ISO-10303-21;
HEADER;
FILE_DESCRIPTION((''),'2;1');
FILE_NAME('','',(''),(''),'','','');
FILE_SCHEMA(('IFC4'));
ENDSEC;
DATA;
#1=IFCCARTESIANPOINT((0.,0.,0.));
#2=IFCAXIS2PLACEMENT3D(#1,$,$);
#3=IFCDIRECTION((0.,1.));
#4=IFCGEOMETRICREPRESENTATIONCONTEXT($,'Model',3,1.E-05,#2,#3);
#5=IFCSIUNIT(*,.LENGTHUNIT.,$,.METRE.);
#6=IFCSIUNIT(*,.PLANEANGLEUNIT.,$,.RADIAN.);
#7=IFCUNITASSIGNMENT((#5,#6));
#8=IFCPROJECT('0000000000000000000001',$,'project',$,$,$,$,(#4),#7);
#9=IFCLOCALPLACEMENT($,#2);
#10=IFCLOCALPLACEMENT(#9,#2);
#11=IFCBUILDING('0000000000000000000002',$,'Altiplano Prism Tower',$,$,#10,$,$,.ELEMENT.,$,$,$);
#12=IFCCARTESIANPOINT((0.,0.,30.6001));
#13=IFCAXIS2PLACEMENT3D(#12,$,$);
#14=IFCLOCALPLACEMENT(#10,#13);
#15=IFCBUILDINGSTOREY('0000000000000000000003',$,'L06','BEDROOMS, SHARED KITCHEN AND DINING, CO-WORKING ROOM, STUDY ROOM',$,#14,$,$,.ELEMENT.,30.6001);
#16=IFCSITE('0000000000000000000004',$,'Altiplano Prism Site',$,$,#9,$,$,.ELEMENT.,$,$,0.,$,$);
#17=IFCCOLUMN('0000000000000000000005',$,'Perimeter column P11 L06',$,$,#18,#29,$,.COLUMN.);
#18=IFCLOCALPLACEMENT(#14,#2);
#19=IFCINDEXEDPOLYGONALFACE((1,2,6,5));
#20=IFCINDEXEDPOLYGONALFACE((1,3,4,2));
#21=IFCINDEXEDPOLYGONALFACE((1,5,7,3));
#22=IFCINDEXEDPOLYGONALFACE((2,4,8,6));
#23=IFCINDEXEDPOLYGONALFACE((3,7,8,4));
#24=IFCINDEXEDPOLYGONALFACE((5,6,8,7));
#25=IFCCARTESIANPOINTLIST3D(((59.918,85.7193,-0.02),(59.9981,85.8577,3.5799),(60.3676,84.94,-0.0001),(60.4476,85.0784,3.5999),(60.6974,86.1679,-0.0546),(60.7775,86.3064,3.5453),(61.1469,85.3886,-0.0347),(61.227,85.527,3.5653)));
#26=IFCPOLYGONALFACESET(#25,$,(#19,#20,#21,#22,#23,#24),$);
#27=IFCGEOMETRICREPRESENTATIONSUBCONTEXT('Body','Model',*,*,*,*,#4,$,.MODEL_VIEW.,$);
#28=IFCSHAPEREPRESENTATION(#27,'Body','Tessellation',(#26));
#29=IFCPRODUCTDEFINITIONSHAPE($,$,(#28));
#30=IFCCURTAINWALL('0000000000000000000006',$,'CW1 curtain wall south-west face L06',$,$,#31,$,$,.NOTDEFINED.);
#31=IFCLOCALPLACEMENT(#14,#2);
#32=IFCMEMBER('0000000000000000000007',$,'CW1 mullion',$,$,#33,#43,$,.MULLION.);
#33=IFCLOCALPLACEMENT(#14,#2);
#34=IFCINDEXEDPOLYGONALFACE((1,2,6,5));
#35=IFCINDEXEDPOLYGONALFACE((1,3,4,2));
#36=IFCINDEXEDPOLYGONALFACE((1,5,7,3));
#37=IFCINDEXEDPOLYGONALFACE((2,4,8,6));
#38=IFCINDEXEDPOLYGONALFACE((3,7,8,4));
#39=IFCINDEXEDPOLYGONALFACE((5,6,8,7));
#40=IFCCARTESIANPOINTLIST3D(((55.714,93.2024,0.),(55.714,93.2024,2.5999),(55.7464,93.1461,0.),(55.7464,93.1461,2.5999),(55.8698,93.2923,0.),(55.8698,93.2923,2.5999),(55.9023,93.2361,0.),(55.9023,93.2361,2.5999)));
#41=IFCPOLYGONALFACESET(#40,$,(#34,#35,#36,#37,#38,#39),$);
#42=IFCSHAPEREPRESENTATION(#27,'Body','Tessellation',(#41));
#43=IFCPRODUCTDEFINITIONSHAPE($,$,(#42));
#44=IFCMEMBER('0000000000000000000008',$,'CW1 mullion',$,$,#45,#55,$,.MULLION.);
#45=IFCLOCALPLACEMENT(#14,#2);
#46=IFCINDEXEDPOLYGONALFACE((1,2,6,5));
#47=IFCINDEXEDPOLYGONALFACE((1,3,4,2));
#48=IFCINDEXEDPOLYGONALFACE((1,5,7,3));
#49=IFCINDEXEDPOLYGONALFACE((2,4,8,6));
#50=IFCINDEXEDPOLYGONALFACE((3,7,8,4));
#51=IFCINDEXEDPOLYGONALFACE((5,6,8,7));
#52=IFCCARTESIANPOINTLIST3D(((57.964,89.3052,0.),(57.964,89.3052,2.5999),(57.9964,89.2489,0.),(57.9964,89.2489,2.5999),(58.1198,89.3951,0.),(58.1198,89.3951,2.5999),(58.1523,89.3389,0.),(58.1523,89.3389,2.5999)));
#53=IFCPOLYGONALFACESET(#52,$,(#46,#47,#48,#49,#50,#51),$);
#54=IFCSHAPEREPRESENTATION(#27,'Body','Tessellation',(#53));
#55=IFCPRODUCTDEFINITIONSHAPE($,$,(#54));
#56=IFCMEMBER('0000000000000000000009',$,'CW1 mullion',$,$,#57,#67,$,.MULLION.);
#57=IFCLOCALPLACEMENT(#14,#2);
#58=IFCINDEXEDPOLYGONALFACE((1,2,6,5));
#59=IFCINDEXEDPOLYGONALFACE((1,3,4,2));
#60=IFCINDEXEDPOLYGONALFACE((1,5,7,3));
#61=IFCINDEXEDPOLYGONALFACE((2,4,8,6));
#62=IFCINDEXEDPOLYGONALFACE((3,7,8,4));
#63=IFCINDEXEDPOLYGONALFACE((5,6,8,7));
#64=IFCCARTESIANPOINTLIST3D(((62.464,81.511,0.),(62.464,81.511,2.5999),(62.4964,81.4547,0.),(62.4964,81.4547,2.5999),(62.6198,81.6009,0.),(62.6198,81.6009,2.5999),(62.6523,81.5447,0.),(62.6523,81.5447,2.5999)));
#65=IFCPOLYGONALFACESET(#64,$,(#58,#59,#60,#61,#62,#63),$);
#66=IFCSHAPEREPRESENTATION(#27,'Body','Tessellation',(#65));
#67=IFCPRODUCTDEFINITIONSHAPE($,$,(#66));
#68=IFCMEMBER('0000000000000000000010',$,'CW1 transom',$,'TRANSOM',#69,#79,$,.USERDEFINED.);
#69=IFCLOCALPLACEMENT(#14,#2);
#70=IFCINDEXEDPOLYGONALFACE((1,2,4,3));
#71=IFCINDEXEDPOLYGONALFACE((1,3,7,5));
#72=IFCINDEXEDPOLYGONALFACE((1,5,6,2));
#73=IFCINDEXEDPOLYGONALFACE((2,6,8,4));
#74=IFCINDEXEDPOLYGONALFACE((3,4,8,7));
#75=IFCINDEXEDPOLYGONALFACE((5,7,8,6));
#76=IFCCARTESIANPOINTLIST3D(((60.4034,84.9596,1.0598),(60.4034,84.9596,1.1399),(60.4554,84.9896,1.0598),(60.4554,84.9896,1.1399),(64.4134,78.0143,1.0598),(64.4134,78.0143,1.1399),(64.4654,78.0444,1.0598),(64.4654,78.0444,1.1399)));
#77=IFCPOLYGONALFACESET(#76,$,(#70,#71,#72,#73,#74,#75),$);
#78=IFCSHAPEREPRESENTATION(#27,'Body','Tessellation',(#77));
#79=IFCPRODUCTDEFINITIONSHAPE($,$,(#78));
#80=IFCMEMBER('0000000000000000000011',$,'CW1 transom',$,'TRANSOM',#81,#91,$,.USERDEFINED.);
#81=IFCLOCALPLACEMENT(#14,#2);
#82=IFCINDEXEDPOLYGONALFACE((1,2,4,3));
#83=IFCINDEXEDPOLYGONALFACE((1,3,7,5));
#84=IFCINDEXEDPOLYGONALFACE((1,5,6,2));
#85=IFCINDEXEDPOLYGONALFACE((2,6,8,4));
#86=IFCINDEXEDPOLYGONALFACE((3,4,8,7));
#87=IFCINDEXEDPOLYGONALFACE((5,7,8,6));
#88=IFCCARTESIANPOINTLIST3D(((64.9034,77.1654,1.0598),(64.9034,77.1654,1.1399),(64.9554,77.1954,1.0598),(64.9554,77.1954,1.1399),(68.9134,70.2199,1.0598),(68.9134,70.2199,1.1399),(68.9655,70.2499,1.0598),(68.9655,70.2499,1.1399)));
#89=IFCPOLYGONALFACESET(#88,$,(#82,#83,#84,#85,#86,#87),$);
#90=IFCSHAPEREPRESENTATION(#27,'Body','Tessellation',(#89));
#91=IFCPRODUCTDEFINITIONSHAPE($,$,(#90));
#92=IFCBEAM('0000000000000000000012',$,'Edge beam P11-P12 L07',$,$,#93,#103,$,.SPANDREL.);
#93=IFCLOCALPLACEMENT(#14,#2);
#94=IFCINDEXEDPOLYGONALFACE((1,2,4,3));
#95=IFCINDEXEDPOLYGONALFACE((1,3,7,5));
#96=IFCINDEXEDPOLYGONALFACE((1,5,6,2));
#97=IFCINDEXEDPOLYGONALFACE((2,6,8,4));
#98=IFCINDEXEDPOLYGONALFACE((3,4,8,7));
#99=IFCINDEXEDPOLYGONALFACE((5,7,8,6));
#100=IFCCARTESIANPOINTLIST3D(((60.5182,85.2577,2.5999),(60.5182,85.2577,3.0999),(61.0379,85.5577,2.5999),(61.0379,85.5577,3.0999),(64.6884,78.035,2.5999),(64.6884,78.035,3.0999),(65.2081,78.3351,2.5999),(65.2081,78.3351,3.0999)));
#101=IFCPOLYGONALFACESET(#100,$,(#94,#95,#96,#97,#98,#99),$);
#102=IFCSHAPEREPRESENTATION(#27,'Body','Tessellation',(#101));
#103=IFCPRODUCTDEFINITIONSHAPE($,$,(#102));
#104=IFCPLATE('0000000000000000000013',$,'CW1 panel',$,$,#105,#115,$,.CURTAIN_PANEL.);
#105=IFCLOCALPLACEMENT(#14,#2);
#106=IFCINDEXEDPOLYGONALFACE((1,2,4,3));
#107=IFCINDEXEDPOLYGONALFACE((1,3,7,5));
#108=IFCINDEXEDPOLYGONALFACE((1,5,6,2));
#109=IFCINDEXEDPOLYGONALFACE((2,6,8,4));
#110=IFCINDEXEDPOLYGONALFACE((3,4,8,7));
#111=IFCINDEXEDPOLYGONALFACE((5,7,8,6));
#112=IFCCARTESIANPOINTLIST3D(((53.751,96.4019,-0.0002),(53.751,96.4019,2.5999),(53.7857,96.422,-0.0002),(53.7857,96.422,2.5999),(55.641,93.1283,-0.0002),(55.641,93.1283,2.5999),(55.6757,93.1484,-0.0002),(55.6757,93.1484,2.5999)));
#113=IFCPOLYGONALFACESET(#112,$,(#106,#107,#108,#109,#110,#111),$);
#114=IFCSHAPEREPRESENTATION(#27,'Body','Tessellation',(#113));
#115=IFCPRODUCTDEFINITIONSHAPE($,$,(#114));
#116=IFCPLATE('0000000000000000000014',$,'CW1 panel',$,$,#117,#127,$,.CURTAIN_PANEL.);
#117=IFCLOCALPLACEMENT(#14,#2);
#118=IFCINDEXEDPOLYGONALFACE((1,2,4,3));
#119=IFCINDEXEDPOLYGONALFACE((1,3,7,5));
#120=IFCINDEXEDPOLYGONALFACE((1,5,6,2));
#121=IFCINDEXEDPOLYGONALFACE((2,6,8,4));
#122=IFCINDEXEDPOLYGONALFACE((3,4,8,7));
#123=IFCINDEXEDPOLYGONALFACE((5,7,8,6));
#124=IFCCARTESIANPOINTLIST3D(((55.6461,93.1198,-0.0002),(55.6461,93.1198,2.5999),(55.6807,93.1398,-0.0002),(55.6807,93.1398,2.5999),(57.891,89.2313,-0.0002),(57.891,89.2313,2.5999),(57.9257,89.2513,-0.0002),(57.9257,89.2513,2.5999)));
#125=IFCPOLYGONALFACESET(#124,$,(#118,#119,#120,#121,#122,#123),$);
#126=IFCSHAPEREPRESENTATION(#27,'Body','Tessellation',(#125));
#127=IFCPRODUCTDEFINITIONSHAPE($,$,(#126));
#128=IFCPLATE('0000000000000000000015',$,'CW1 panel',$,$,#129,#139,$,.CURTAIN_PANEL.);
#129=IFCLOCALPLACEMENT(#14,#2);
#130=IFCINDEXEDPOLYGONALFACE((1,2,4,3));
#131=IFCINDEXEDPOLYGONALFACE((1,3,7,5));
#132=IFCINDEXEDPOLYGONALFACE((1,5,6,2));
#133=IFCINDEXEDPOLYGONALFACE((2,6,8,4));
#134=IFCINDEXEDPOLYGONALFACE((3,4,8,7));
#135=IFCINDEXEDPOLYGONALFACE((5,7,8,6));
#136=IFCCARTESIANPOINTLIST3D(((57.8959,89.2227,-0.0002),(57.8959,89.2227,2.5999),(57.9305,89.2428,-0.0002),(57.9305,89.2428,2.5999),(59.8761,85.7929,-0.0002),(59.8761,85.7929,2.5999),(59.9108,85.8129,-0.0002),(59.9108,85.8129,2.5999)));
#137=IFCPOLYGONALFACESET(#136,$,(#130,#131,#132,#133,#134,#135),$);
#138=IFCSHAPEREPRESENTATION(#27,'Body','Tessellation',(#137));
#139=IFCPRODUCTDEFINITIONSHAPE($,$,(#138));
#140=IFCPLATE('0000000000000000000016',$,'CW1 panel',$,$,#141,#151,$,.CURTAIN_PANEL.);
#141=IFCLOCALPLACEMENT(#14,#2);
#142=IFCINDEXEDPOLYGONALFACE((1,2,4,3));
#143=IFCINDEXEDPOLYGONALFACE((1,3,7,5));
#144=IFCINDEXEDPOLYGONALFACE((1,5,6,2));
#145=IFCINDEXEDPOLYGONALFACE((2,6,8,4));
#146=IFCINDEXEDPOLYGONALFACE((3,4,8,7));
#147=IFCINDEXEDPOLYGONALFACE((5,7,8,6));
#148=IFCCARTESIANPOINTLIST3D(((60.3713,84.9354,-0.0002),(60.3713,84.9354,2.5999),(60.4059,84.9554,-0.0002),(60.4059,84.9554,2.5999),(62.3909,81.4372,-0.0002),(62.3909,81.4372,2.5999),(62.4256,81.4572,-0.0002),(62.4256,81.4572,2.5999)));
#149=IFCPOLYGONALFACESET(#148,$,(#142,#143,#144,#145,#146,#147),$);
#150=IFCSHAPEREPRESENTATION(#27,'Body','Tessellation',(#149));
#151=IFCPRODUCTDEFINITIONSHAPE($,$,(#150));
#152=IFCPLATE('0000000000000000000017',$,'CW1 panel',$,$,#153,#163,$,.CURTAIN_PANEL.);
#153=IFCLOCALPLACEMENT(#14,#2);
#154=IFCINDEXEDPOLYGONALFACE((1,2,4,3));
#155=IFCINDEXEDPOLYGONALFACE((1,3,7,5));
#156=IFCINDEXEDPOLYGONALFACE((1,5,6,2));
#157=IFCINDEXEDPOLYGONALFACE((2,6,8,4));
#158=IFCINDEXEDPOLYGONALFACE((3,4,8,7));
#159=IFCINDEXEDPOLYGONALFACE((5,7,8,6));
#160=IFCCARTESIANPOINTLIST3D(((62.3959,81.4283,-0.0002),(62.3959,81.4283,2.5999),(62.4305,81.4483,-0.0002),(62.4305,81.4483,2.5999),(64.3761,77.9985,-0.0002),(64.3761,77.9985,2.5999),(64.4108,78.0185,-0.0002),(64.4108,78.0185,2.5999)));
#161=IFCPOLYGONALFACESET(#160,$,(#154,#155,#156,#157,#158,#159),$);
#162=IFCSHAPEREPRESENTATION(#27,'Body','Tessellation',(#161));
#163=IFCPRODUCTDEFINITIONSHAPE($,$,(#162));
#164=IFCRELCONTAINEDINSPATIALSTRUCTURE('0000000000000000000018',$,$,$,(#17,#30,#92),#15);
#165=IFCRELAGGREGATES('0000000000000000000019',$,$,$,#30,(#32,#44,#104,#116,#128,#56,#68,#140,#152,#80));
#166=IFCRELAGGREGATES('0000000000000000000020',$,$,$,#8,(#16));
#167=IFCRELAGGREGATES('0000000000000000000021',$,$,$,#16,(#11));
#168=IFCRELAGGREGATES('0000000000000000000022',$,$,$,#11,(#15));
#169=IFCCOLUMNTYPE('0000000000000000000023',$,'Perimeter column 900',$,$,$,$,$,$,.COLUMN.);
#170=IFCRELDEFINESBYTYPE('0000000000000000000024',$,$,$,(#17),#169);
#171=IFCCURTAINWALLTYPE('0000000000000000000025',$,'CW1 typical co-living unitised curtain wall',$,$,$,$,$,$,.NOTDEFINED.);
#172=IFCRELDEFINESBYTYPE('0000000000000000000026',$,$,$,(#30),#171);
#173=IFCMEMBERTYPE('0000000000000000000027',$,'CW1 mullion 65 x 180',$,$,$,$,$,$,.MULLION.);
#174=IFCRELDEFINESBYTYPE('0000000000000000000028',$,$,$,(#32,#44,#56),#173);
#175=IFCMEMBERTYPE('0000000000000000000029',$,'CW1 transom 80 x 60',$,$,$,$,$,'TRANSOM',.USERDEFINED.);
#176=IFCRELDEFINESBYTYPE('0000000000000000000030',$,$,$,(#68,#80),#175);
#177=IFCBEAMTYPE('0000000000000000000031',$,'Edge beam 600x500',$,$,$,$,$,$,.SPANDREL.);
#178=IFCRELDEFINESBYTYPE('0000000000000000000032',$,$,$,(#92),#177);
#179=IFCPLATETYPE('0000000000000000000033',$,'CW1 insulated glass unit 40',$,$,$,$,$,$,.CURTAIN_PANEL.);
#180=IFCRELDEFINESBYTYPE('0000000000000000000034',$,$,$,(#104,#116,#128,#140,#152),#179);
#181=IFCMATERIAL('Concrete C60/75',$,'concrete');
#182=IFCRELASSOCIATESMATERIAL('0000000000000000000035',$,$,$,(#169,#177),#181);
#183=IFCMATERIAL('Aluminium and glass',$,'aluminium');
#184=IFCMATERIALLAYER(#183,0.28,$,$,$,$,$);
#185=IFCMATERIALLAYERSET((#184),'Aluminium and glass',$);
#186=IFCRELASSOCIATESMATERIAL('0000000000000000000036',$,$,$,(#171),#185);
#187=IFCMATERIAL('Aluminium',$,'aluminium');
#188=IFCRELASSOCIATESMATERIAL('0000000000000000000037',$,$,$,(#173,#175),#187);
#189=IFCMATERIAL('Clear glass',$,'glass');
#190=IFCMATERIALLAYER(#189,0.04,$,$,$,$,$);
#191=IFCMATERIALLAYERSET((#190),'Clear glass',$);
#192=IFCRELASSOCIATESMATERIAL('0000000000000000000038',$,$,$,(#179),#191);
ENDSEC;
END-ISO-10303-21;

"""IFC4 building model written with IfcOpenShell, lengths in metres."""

from ifc_helpers import new_model, si_unit, direction, frame, origin, origin_2d, place, context, subcontext, project, spatial, rectangle, extrude, material, layer, layer_set, material_profile, profile_set, type_object, element, aggregate, save


model = new_model("IFC4")

# Units and contexts
model_context = context("Model", 3, precision=1e-05, world=origin(), true_north=direction((0.0, 1.0)))
body_context = subcontext(model_context, "Body", "Model", "MODEL_VIEW")
ifc_project = project(units=[si_unit("LENGTHUNIT", "METRE"), si_unit("PLANEANGLEUNIT", "RADIAN")], contexts=[model_context])

# Site, building, storey
site_placement = place(None, origin())
site = spatial("IfcSite", under=ifc_project, at=site_placement, Name="Altiplano Prism Site", CompositionType="ELEMENT", RefElevation=0.0)
building_placement = place(site_placement, origin())
building = spatial("IfcBuilding", under=site, at=building_placement, Name="Altiplano Prism Tower", CompositionType="ELEMENT")
storey_placement = place(building_placement, frame((0.0, 0.0, 30.6001)))
storey = spatial("IfcBuildingStorey", under=building, at=storey_placement, Name="L06", Description="BEDROOMS, SHARED KITCHEN AND DINING, CO-WORKING ROOM, STUDY ROOM", CompositionType="ELEMENT", Elevation=30.6001)

# Column
ifc_material_1 = material(Name="Concrete C60/75", Category="concrete")
ifc_material_profile_1 = material_profile(ifc_material_1, rectangle(XDim=0.8999, YDim=0.8999, at=origin_2d()), Name="Perimeter column 900")
ifc_profile_set_1 = profile_set([ifc_material_profile_1], Name="Concrete C60/75")
column_type = type_object("IfcColumnType", Name="Perimeter column 900", PredefinedType="COLUMN", material=ifc_profile_set_1)
column_placement = place(storey_placement, frame((60.5325, 85.554, -0.0273), z_axis=(0.022223, 0.038416, 0.999015), x_axis=(-0.866021, -0.498528, 0.038435)))
element("IfcColumn", 1, at=column_placement, inside=storey, type_object=column_type, Name="Perimeter column P11 L06", PredefinedType="COLUMN", context=body_context, shape_type="SweptSolid", body=[
    extrude(rectangle(XDim=0.8999, YDim=0.8999, at=origin_2d()), origin(), (0.0, 0.0, 1.0), 3.6035),
])

# Curtain wall, members
ifc_material_2 = material(Name="Aluminium and glass", Category="aluminium")
ifc_layer_1 = layer(ifc_material_2, 0.28)
ifc_layer_set_1 = layer_set([ifc_layer_1], Name="Aluminium and glass")
curtain_wall_type = type_object("IfcCurtainWallType", Name="CW1 typical co-living unitised curtain wall", PredefinedType="NOTDEFINED", material=ifc_layer_set_1)
curtain_wall_placement = place(storey_placement, origin())
curtain_wall = element("IfcCurtainWall", 2, at=curtain_wall_placement, inside=storey, type_object=curtain_wall_type, Name="CW1 curtain wall south-west face L06", PredefinedType="NOTDEFINED")
ifc_material_3 = material(Name="Aluminium", Category="aluminium")
ifc_material_profile_2 = material_profile(ifc_material_3, rectangle(XDim=0.1799, YDim=0.0649, at=origin_2d()), Name="CW1 mullion 65 x 180")
ifc_profile_set_2 = profile_set([ifc_material_profile_2], Name="Aluminium")
member_type_1 = type_object("IfcMemberType", Name="CW1 mullion 65 x 180", PredefinedType="MULLION", material=ifc_profile_set_2)
member_1_placement = place(storey_placement, frame((55.8081, 93.2192, 0.0), z_axis=(0.0, 0.0, 1.0), x_axis=(0.866025, 0.5, 0.0)))
member_1 = element("IfcMember", 3, at=member_1_placement, type_object=member_type_1, Name="CW1 mullion", PredefinedType="MULLION", context=body_context, shape_type="SweptSolid", body=[
    extrude(rectangle(XDim=0.1799, YDim=0.0649, at=origin_2d()), origin(), (0.0, 0.0, 1.0), 2.5999),
])
member_2_placement = place(storey_placement, frame((58.0581, 89.322, 0.0), z_axis=(0.0, 0.0, 1.0), x_axis=(0.866025, 0.5, 0.0)))
member_2 = element("IfcMember", 4, at=member_2_placement, type_object=member_type_1, Name="CW1 mullion", PredefinedType="MULLION", context=body_context, shape_type="SweptSolid", body=[
    extrude(rectangle(XDim=0.1799, YDim=0.0649, at=origin_2d()), origin(), (0.0, 0.0, 1.0), 2.5999),
])
member_3_placement = place(storey_placement, frame((62.5581, 81.5278, 0.0), z_axis=(0.0, 0.0, 1.0), x_axis=(0.866025, 0.5, 0.0)))
member_3 = element("IfcMember", 5, at=member_3_placement, type_object=member_type_1, Name="CW1 mullion", PredefinedType="MULLION", context=body_context, shape_type="SweptSolid", body=[
    extrude(rectangle(XDim=0.1799, YDim=0.0649, at=origin_2d()), origin(), (0.0, 0.0, 1.0), 2.5999),
])
ifc_material_profile_3 = material_profile(ifc_material_3, rectangle(XDim=0.0601, YDim=0.0801, at=origin_2d()), Name="CW1 transom 80 x 60")
ifc_profile_set_3 = profile_set([ifc_material_profile_3], Name="Aluminium")
member_type_2 = type_object("IfcMemberType", Name="CW1 transom 80 x 60", ElementType="TRANSOM", PredefinedType="USERDEFINED", material=ifc_profile_set_3)
member_4_placement = place(storey_placement, frame((60.4294, 84.9746, 1.0999), z_axis=(0.500012, -0.866018, 0.0), x_axis=(0.866018, 0.500012, 0.0)))
member_4 = element("IfcMember", 6, at=member_4_placement, type_object=member_type_2, Name="CW1 transom", ObjectType="TRANSOM", PredefinedType="USERDEFINED", context=body_context, shape_type="SweptSolid", body=[
    extrude(rectangle(XDim=0.0601, YDim=0.0801, at=origin_2d()), origin(), (0.0, 0.0, 1.0), 8.0198),
])
member_5_placement = place(storey_placement, frame((64.9294, 77.1804, 1.0999), z_axis=(0.499999, -0.866026, 0.0), x_axis=(0.866026, 0.499999, 0.0)))
member_5 = element("IfcMember", 7, at=member_5_placement, type_object=member_type_2, Name="CW1 transom", ObjectType="TRANSOM", PredefinedType="USERDEFINED", context=body_context, shape_type="SweptSolid", body=[
    extrude(rectangle(XDim=0.0601, YDim=0.0801, at=origin_2d()), origin(), (0.0, 0.0, 1.0), 8.02),
])

# Beam
ifc_material_profile_4 = material_profile(ifc_material_1, rectangle(XDim=0.6001, YDim=0.5, at=origin_2d()), Name="Edge beam 600x500")
ifc_profile_set_4 = profile_set([ifc_material_profile_4], Name="Concrete C60/75")
beam_type = type_object("IfcBeamType", Name="Edge beam 600x500", PredefinedType="SPANDREL", material=ifc_profile_set_4)
beam_placement = place(storey_placement, frame((60.7781, 85.4077, 2.8499), z_axis=(0.500015, -0.866017, 0.0), x_axis=(0.866017, 0.500015, 0.0)))
element("IfcBeam", 8, at=beam_placement, inside=storey, type_object=beam_type, Name="Edge beam P11-P12 L07", PredefinedType="SPANDREL", context=body_context, shape_type="SweptSolid", body=[
    extrude(rectangle(XDim=0.6001, YDim=0.5, at=origin_2d()), origin(), (0.0, 0.0, 1.0), 8.3401),
])

# Plates
ifc_material_4 = material(Name="Clear glass", Category="glass")
ifc_layer_2 = layer(ifc_material_4, 0.04)
ifc_layer_set_2 = layer_set([ifc_layer_2], Name="Clear glass")
plate_type = type_object("IfcPlateType", Name="CW1 insulated glass unit 40", PredefinedType="CURTAIN_PANEL", material=ifc_layer_set_2)
plate_1_placement = place(storey_placement, frame((54.7134, 94.7751, -0.0002), z_axis=(0.0, 0.0, 1.0), x_axis=(0.5, -0.866025, 0.0)))
plate_1 = element("IfcPlate", 9, at=plate_1_placement, type_object=plate_type, Name="CW1 panel", PredefinedType="CURTAIN_PANEL", context=body_context, shape_type="SweptSolid", body=[
    extrude(rectangle(XDim=3.78, YDim=0.04, at=origin_2d()), origin(), (0.0, 0.0, 1.0), 2.6001),
])
plate_2_placement = place(storey_placement, frame((56.7859, 91.1855, -0.0002), z_axis=(0.0, 0.0, 1.0), x_axis=(0.5, -0.866025, 0.0)))
plate_2 = element("IfcPlate", 10, at=plate_2_placement, type_object=plate_type, Name="CW1 panel", PredefinedType="CURTAIN_PANEL", context=body_context, shape_type="SweptSolid", body=[
    extrude(rectangle(XDim=4.49, YDim=0.04, at=origin_2d()), origin(), (0.0, 0.0, 1.0), 2.6001),
])
plate_3_placement = place(storey_placement, frame((58.9033, 87.5178, -0.0002), z_axis=(0.0, 0.0, 1.0), x_axis=(0.5, -0.866025, 0.0)))
plate_3 = element("IfcPlate", 11, at=plate_3_placement, type_object=plate_type, Name="CW1 panel", PredefinedType="CURTAIN_PANEL", context=body_context, shape_type="SweptSolid", body=[
    extrude(rectangle(XDim=3.9604, YDim=0.04, at=origin_2d()), origin(), (0.0, 0.0, 1.0), 2.6001),
])
plate_4_placement = place(storey_placement, frame((61.3984, 83.1963, -0.0002), z_axis=(0.0, 0.0, 1.0), x_axis=(0.5, -0.866025, 0.0)))
plate_4 = element("IfcPlate", 12, at=plate_4_placement, type_object=plate_type, Name="CW1 panel", PredefinedType="CURTAIN_PANEL", context=body_context, shape_type="SweptSolid", body=[
    extrude(rectangle(XDim=4.0393, YDim=0.04, at=origin_2d()), origin(), (0.0, 0.0, 1.0), 2.6001),
])
plate_5_placement = place(storey_placement, frame((63.4033, 79.7234, -0.0002), z_axis=(0.0, 0.0, 1.0), x_axis=(0.5, -0.866025, 0.0)))
plate_5 = element("IfcPlate", 13, at=plate_5_placement, type_object=plate_type, Name="CW1 panel", PredefinedType="CURTAIN_PANEL", context=body_context, shape_type="SweptSolid", body=[
    extrude(rectangle(XDim=3.9604, YDim=0.04, at=origin_2d()), origin(), (0.0, 0.0, 1.0), 2.6001),
])
aggregate(curtain_wall, [member_1, member_2, plate_1, plate_2, plate_3, member_3, member_4, plate_4, plate_5, member_5])

save(model, "model.ifc")
